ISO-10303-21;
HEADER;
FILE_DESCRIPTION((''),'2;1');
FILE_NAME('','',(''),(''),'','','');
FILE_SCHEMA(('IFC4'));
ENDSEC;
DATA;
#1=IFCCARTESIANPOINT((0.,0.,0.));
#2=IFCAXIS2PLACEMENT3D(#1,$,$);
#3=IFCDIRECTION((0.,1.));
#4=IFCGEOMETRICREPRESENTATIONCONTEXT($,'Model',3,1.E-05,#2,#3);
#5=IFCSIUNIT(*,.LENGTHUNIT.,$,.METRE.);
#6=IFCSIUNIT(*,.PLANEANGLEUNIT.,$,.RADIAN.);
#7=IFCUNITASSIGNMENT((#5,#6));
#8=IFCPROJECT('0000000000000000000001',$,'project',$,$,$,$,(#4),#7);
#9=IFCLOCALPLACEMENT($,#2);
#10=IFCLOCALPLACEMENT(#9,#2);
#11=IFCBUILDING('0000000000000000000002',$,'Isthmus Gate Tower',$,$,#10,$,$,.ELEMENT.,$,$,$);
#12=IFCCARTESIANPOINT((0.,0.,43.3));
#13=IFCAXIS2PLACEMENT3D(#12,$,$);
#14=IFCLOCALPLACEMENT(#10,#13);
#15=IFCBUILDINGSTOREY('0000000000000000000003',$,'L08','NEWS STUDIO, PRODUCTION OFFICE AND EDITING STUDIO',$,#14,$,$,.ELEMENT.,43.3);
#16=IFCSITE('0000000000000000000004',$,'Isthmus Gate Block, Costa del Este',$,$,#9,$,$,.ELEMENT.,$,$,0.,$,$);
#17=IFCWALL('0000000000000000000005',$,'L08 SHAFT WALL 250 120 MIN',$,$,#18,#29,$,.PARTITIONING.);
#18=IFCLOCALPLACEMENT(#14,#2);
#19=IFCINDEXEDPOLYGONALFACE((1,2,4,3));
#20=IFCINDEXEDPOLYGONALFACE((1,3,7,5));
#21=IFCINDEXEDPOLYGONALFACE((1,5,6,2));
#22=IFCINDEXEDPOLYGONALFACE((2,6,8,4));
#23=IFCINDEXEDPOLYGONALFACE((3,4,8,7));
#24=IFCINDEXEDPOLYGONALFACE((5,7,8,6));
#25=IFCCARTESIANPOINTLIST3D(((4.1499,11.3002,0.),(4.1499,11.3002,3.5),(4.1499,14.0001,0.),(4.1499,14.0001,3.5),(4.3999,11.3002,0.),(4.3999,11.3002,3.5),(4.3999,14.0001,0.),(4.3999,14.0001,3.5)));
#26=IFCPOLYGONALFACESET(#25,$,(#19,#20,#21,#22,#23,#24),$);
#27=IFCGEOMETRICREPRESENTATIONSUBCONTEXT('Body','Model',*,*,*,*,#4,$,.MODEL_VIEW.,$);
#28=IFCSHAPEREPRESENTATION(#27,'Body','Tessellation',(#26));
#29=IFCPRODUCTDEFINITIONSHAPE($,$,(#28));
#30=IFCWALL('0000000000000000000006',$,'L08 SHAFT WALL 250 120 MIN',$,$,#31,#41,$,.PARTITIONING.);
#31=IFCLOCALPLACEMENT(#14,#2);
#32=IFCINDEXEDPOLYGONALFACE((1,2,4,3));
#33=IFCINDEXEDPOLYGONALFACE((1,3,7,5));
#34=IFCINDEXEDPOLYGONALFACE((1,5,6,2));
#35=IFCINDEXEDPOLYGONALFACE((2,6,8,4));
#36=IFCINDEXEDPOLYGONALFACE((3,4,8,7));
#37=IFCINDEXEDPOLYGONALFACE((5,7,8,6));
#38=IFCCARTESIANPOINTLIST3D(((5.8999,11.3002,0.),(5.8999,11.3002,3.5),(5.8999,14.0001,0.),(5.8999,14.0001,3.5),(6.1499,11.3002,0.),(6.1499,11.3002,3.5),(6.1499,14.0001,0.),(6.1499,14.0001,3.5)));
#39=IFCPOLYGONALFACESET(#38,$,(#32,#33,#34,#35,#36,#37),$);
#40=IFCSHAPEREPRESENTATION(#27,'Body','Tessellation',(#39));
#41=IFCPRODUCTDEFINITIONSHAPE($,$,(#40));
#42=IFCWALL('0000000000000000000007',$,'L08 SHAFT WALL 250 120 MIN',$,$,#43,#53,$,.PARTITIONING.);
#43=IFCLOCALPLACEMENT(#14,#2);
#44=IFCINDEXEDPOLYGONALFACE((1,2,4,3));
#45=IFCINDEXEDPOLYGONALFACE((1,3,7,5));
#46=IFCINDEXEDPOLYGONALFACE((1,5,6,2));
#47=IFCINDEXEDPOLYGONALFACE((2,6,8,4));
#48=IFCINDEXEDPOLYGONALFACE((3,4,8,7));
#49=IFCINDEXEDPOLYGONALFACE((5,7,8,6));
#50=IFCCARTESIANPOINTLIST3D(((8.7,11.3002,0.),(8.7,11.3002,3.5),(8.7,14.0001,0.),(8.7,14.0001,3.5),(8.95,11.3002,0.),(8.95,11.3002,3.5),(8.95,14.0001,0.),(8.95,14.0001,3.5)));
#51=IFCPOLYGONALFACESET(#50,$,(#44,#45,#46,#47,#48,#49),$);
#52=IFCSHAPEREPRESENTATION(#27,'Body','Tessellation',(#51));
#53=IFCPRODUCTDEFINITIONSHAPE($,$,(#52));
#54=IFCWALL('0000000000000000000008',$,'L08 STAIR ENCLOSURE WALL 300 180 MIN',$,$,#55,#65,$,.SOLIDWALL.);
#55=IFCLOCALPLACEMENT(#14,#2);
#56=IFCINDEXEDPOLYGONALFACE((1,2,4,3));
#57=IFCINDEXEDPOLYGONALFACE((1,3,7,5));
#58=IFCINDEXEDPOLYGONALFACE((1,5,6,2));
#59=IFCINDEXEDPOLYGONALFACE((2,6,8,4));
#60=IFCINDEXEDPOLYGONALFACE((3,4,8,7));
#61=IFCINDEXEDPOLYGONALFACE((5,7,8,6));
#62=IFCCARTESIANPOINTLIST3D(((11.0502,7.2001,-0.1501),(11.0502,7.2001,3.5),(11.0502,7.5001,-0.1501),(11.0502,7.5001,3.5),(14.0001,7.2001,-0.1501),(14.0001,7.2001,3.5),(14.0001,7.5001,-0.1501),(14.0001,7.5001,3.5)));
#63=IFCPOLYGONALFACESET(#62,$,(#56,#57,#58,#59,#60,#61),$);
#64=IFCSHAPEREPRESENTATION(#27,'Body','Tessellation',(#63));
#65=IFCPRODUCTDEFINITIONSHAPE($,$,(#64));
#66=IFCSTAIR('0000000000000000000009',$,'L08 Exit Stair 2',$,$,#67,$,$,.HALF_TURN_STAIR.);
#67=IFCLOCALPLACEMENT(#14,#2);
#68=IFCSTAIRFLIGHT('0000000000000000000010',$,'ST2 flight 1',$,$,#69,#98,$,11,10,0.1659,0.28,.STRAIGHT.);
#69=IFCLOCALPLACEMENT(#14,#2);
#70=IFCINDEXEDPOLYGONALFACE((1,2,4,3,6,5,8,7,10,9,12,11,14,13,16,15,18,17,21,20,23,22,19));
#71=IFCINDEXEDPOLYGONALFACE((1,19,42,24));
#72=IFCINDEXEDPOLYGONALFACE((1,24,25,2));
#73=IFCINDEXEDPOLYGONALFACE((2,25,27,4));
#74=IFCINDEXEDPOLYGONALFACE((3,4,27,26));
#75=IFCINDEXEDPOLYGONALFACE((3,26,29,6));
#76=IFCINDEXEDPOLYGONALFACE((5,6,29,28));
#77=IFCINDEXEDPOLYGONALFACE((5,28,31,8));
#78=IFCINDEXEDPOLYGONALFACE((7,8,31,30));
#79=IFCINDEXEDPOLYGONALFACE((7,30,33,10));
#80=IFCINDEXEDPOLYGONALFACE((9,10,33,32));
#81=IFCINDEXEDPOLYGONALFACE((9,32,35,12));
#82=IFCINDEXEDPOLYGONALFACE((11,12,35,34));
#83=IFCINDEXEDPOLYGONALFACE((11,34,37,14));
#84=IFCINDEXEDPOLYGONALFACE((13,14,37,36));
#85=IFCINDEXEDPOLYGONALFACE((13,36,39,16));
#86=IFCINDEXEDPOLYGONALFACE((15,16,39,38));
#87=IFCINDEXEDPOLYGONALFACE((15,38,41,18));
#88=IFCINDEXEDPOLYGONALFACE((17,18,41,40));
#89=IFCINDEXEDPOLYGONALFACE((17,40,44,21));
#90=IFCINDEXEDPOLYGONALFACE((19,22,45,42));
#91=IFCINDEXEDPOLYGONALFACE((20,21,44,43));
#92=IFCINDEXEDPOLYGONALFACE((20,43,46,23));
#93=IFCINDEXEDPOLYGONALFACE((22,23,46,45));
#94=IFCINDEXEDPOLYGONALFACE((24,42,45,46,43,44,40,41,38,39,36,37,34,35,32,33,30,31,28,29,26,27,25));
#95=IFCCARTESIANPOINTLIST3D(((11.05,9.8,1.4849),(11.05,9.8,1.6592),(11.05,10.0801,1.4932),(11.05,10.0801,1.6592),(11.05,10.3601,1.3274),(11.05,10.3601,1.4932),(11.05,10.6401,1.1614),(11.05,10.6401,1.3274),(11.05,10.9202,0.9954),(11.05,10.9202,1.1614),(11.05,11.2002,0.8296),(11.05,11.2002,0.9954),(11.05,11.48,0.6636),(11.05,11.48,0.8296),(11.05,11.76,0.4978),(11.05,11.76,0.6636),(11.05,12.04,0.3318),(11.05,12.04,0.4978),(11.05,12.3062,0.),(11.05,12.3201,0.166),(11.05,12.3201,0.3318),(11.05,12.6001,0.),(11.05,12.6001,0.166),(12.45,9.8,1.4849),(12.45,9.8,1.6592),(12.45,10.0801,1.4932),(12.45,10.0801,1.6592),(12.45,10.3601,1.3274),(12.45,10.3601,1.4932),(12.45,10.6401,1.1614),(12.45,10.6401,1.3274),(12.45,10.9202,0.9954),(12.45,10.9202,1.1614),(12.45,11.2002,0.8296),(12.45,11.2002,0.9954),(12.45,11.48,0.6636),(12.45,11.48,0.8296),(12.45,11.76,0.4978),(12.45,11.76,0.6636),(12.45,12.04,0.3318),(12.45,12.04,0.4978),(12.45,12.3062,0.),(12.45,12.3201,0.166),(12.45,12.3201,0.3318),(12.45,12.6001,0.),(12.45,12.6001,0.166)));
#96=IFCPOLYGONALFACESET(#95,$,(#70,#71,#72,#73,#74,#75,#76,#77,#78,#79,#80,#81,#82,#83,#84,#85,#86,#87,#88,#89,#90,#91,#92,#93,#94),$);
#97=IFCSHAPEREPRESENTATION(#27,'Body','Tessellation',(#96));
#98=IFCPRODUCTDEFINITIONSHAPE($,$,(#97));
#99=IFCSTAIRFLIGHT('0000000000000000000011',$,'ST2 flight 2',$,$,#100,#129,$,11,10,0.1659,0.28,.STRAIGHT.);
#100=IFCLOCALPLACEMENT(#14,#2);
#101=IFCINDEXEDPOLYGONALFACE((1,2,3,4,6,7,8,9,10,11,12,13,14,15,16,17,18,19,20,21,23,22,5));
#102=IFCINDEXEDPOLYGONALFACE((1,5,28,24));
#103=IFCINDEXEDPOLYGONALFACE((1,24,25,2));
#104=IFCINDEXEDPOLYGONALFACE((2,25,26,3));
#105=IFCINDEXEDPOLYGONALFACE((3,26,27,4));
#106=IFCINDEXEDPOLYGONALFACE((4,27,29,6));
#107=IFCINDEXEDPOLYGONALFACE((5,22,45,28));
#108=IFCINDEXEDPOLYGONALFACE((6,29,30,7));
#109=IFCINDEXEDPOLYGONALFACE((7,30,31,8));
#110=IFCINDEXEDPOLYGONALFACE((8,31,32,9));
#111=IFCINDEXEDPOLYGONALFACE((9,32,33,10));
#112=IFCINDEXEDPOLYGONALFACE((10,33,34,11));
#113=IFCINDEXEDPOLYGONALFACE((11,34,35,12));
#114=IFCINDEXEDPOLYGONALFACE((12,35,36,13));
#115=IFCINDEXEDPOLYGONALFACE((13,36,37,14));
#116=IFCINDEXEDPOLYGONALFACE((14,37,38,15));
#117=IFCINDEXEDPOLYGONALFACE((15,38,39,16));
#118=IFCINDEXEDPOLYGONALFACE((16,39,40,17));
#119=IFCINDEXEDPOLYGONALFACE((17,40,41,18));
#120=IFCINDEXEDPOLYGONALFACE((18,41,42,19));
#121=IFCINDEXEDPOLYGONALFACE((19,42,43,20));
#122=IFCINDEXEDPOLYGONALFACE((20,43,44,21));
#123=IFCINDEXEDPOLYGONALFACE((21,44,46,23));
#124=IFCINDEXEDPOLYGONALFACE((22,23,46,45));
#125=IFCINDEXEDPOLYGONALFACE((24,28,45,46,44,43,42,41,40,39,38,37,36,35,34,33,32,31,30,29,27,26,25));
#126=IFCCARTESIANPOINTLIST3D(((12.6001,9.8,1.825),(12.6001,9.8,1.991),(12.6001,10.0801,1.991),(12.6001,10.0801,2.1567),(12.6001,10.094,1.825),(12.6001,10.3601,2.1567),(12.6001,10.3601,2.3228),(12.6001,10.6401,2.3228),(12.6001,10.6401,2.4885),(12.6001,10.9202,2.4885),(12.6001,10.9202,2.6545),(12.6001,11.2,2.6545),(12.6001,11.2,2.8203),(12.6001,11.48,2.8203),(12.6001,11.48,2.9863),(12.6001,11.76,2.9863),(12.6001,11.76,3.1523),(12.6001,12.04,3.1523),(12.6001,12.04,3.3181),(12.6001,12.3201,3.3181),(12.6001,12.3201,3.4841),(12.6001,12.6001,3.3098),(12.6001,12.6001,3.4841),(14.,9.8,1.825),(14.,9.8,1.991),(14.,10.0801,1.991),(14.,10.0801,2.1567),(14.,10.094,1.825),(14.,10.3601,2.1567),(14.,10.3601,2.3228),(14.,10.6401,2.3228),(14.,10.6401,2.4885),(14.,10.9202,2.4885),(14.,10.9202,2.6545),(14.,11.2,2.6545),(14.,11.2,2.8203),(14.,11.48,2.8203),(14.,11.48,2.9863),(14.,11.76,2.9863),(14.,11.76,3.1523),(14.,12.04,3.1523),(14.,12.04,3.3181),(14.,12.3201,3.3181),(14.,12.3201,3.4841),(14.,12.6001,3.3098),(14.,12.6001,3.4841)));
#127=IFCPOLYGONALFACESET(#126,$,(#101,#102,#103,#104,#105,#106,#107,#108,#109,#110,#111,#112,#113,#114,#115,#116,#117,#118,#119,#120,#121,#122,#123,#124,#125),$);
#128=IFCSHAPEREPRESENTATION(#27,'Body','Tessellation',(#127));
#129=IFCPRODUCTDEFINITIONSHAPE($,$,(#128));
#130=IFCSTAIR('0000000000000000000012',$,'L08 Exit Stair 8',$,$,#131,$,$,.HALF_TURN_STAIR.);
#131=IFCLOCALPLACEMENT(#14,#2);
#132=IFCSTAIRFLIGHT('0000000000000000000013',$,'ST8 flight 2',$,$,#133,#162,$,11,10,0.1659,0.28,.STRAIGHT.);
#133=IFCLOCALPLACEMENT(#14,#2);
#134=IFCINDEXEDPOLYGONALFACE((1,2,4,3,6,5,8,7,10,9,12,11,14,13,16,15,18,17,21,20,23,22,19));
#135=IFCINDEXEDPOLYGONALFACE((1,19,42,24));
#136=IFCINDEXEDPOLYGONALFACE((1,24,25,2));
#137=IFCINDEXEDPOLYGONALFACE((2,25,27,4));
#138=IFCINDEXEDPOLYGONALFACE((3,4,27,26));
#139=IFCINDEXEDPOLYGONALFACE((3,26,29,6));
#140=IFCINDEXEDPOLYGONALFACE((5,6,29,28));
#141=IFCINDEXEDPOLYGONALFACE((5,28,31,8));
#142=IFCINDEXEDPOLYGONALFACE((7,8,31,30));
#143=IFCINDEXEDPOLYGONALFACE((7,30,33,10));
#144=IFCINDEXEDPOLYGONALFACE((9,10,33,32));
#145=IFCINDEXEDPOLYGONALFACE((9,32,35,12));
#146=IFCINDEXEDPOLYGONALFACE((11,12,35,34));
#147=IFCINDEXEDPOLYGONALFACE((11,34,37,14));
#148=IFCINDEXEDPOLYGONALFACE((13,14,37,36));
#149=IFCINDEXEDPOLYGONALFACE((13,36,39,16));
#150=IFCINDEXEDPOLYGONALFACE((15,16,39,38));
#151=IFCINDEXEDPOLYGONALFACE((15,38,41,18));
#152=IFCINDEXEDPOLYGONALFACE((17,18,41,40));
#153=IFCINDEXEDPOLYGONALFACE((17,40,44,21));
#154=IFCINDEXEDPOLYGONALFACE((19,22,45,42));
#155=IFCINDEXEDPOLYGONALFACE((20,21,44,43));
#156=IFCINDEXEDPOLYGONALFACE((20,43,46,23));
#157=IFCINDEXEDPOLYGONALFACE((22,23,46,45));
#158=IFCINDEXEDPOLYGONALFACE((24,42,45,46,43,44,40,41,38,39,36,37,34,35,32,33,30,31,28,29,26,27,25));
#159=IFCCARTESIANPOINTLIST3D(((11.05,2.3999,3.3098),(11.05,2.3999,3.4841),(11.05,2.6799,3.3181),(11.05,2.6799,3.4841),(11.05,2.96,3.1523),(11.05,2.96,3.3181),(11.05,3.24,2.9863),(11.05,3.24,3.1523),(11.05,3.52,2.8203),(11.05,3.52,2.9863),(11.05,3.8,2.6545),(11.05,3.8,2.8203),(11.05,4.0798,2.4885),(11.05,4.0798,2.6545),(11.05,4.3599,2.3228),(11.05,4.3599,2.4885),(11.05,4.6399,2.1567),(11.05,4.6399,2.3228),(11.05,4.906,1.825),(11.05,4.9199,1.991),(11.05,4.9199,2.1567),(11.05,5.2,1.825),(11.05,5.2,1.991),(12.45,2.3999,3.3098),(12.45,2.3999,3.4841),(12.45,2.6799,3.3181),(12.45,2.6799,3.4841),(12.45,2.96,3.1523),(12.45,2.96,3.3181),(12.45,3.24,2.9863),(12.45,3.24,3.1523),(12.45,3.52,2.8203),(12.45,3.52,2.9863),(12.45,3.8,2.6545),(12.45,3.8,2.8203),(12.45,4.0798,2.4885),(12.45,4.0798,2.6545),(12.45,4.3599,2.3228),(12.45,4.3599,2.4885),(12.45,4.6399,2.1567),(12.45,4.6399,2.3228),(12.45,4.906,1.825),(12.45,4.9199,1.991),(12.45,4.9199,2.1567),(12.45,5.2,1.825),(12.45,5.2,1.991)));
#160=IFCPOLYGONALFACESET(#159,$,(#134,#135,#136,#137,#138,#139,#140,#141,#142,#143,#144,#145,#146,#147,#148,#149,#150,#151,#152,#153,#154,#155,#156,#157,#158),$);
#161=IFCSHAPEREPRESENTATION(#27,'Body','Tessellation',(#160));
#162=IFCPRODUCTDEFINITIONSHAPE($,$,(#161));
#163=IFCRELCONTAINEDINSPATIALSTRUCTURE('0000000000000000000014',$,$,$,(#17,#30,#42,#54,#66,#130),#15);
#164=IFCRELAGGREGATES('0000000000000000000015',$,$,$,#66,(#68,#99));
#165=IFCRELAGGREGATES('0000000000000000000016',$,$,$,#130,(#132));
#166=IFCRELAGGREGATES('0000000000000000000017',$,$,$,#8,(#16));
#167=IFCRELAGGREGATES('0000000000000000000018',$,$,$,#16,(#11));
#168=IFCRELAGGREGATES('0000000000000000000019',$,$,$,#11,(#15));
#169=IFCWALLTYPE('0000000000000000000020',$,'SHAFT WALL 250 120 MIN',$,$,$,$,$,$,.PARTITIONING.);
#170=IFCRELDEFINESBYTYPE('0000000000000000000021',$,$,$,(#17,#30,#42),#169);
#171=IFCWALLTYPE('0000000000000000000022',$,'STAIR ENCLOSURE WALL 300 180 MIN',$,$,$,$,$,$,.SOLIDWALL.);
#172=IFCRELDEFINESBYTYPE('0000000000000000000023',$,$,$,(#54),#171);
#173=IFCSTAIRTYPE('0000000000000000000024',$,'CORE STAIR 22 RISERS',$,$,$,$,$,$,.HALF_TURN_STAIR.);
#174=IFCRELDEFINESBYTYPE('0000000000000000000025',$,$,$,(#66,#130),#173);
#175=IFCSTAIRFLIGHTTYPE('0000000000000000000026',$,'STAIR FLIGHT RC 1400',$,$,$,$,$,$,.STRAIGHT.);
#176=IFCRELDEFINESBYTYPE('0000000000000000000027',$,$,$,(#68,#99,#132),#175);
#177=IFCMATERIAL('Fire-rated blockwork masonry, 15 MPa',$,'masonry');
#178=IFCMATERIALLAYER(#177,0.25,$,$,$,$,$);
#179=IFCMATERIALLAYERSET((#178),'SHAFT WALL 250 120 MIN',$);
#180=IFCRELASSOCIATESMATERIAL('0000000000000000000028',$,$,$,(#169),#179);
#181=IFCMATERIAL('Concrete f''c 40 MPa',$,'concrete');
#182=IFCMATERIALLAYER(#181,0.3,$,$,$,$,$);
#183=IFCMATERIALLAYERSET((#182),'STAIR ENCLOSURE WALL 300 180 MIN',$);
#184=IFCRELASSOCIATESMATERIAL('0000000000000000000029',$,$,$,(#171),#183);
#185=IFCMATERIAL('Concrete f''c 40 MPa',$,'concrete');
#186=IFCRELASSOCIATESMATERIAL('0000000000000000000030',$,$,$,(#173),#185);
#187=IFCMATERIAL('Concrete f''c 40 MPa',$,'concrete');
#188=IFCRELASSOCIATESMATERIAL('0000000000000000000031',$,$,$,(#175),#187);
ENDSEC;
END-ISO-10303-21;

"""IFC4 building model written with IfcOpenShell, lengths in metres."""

from ifc_helpers import new_model, si_unit, direction, frame, frame_2d, origin, place, context, subcontext, project, spatial, polyline, rectangle, outline, extrude, material, layer, layer_set, type_object, element, aggregate, save


model = new_model("IFC4")

# Units and contexts
model_context = context("Model", 3, precision=1e-05, world=origin(), true_north=direction((0.0, 1.0)))
body_context = subcontext(model_context, "Body", "Model", "MODEL_VIEW")
ifc_project = project(units=[si_unit("LENGTHUNIT", "METRE"), si_unit("PLANEANGLEUNIT", "RADIAN")], contexts=[model_context])

# Site, building, storey
site_placement = place(None, origin())
site = spatial("IfcSite", under=ifc_project, at=site_placement, Name="Isthmus Gate Block, Costa del Este", CompositionType="ELEMENT", RefElevation=0.0)
building_placement = place(site_placement, origin())
building = spatial("IfcBuilding", under=site, at=building_placement, Name="Isthmus Gate Tower", CompositionType="ELEMENT")
storey_placement = place(building_placement, frame((0.0, 0.0, 43.3)))
storey = spatial("IfcBuildingStorey", under=building, at=storey_placement, Name="L08", Description="NEWS STUDIO, PRODUCTION OFFICE AND EDITING STUDIO", CompositionType="ELEMENT", Elevation=43.3)

# Walls
ifc_material_1 = material(Name="Fire-rated blockwork masonry, 15 MPa", Category="masonry")
ifc_layer_1 = layer(ifc_material_1, 0.25)
ifc_layer_set_1 = layer_set([ifc_layer_1], Name="SHAFT WALL 250 120 MIN")
wall_type_1 = type_object("IfcWallType", Name="SHAFT WALL 250 120 MIN", PredefinedType="PARTITIONING", material=ifc_layer_set_1)
for number, where, z_axis, x_axis, name in (
    (1, (4.2749, 11.3, 0.0), (0.0, 0.0, 1.0), (0.0, 1.0, 0.0), "L08 SHAFT WALL 250 120 MIN"),
    (2, (6.0249, 11.3, 0.0), (0.0, 0.0, 1.0), (0.0, 1.0, 0.0), "L08 SHAFT WALL 250 120 MIN"),
    (3, (8.825, 11.3, 0.0), (0.0, 0.0, 1.0), (0.0, 1.0, 0.0), "L08 SHAFT WALL 250 120 MIN"),
):
    element("IfcWall", number, at=place(storey_placement, frame(where, z_axis=z_axis, x_axis=x_axis)), inside=storey, type_object=wall_type_1, Name=name, PredefinedType="PARTITIONING", context=body_context, shape_type="SweptSolid", body=[
        extrude(rectangle(XDim=2.7, YDim=0.25, at=frame_2d((1.3501, 0.0))), origin(), (0.0, 0.0, 1.0), 3.5),
    ])
ifc_material_2 = material(Name="Concrete f'c 40 MPa", Category="concrete")
ifc_layer_2 = layer(ifc_material_2, 0.3)
ifc_layer_set_2 = layer_set([ifc_layer_2], Name="STAIR ENCLOSURE WALL 300 180 MIN")
wall_type_2 = type_object("IfcWallType", Name="STAIR ENCLOSURE WALL 300 180 MIN", PredefinedType="SOLIDWALL", material=ifc_layer_set_2)
wall_1_placement = place(storey_placement, frame((11.05, 7.3501, -0.1501), z_axis=(0.0, 0.0, 1.0), x_axis=(1.0, 0.0, 0.0)))
element("IfcWall", 4, at=wall_1_placement, inside=storey, type_object=wall_type_2, Name="L08 STAIR ENCLOSURE WALL 300 180 MIN", PredefinedType="SOLIDWALL", context=body_context, shape_type="SweptSolid", body=[
    extrude(rectangle(XDim=2.95, YDim=0.3, at=frame_2d((1.4751, 0.0))), origin(), (0.0, 0.0, 1.0), 3.6501),
])

# Stair, stair flights
ifc_material_3 = material(Name="Concrete f'c 40 MPa", Category="concrete")
stair_type = type_object("IfcStairType", Name="CORE STAIR 22 RISERS", PredefinedType="HALF_TURN_STAIR", material=ifc_material_3)
stair_1_placement = place(storey_placement, origin())
stair_1 = element("IfcStair", 5, at=stair_1_placement, inside=storey, type_object=stair_type, Name="L08 Exit Stair 2", PredefinedType="HALF_TURN_STAIR")
ifc_material_4 = material(Name="Concrete f'c 40 MPa", Category="concrete")
stair_flight_type = type_object("IfcStairFlightType", Name="STAIR FLIGHT RC 1400", PredefinedType="STRAIGHT", material=ifc_material_4)
stair_flight_1_placement = place(storey_placement, frame((11.75, 12.6001, 0.0), z_axis=(0.0, 0.0, 1.0), x_axis=(0.0, -1.0, 0.0)))
stair_flight_1 = element("IfcStairFlight", 6, at=stair_flight_1_placement, type_object=stair_flight_type, Name="ST2 flight 1", NumberOfRisers=11, NumberOfTreads=10, PredefinedType="STRAIGHT", RiserHeight=0.1659, TreadLength=0.28, context=body_context, shape_type="SweptSolid", body=[
    extrude(outline(polyline([(0.0, 0.0), (0.0, 0.166), (0.28, 0.166), (0.28, 0.3318), (0.5601, 0.3318), (0.5601, 0.4978), (0.8401, 0.4978), (0.8401, 0.6636), (1.1201, 0.6636), (1.1201, 0.8296), (1.3999, 0.8296), (1.3999, 0.9954), (1.6799, 0.9954), (1.6799, 1.1614), (1.96, 1.1614), (1.96, 1.3274), (2.24, 1.3274), (2.24, 1.4932), (2.52, 1.4932), (2.52, 1.6592), (2.8, 1.6592), (2.8, 1.825), (2.8, 1.4849), (0.2939, 0.0), (0.0, 0.0)])), frame((0.0, 0.7, 0.0), z_axis=(0.0, -1.0, 0.0), x_axis=(1.0, 0.0, 0.0)), (0.0, 0.0, 1.0), 1.3999),
])
stair_flight_2_placement = place(storey_placement, frame((13.3, 9.8, 1.825), z_axis=(0.0, 0.0, 1.0), x_axis=(0.0, 1.0, 0.0)))
stair_flight_2 = element("IfcStairFlight", 7, at=stair_flight_2_placement, type_object=stair_flight_type, Name="ST2 flight 2", NumberOfRisers=11, NumberOfTreads=10, PredefinedType="STRAIGHT", RiserHeight=0.1659, TreadLength=0.28, context=body_context, shape_type="SweptSolid", body=[
    extrude(outline(polyline([(0.0, 0.0), (0.0, 0.166), (0.28, 0.166), (0.28, 0.3318), (0.5601, 0.3318), (0.5601, 0.4978), (0.8401, 0.4978), (0.8401, 0.6636), (1.1201, 0.6636), (1.1201, 0.8296), (1.3999, 0.8296), (1.3999, 0.9954), (1.6799, 0.9954), (1.6799, 1.1614), (1.96, 1.1614), (1.96, 1.3274), (2.24, 1.3274), (2.24, 1.4932), (2.52, 1.4932), (2.52, 1.6592), (2.8, 1.6592), (2.8, 1.825), (2.8, 1.4849), (0.2939, 0.0), (0.0, 0.0)])), frame((0.0, 0.7, 0.0), z_axis=(0.0, -1.0, 0.0), x_axis=(1.0, 0.0, 0.0)), (0.0, 0.0, 1.0), 1.3999),
])
aggregate(stair_1, [stair_flight_1, stair_flight_2])

# Stair, stair flight
stair_2_placement = place(storey_placement, origin())
stair_2 = element("IfcStair", 8, at=stair_2_placement, inside=storey, type_object=stair_type, Name="L08 Exit Stair 8", PredefinedType="HALF_TURN_STAIR")
stair_flight_3_placement = place(storey_placement, frame((11.75, 5.2, 1.825), z_axis=(0.0, 0.0, 1.0), x_axis=(0.0, -1.0, 0.0)))
stair_flight_3 = element("IfcStairFlight", 9, at=stair_flight_3_placement, type_object=stair_flight_type, Name="ST8 flight 2", NumberOfRisers=11, NumberOfTreads=10, PredefinedType="STRAIGHT", RiserHeight=0.1659, TreadLength=0.28, context=body_context, shape_type="SweptSolid", body=[
    extrude(outline(polyline([(0.0, 0.0), (0.0, 0.166), (0.28, 0.166), (0.28, 0.3318), (0.5601, 0.3318), (0.5601, 0.4978), (0.8401, 0.4978), (0.8401, 0.6636), (1.1201, 0.6636), (1.1201, 0.8296), (1.3999, 0.8296), (1.3999, 0.9954), (1.6799, 0.9954), (1.6799, 1.1614), (1.96, 1.1614), (1.96, 1.3274), (2.24, 1.3274), (2.24, 1.4932), (2.52, 1.4932), (2.52, 1.6592), (2.8, 1.6592), (2.8, 1.825), (2.8, 1.4849), (0.2939, 0.0), (0.0, 0.0)])), frame((0.0, 0.7, 0.0), z_axis=(0.0, -1.0, 0.0), x_axis=(1.0, 0.0, 0.0)), (0.0, 0.0, 1.0), 1.3999),
])
aggregate(stair_2, [stair_flight_3])

save(model, "model.ifc")
